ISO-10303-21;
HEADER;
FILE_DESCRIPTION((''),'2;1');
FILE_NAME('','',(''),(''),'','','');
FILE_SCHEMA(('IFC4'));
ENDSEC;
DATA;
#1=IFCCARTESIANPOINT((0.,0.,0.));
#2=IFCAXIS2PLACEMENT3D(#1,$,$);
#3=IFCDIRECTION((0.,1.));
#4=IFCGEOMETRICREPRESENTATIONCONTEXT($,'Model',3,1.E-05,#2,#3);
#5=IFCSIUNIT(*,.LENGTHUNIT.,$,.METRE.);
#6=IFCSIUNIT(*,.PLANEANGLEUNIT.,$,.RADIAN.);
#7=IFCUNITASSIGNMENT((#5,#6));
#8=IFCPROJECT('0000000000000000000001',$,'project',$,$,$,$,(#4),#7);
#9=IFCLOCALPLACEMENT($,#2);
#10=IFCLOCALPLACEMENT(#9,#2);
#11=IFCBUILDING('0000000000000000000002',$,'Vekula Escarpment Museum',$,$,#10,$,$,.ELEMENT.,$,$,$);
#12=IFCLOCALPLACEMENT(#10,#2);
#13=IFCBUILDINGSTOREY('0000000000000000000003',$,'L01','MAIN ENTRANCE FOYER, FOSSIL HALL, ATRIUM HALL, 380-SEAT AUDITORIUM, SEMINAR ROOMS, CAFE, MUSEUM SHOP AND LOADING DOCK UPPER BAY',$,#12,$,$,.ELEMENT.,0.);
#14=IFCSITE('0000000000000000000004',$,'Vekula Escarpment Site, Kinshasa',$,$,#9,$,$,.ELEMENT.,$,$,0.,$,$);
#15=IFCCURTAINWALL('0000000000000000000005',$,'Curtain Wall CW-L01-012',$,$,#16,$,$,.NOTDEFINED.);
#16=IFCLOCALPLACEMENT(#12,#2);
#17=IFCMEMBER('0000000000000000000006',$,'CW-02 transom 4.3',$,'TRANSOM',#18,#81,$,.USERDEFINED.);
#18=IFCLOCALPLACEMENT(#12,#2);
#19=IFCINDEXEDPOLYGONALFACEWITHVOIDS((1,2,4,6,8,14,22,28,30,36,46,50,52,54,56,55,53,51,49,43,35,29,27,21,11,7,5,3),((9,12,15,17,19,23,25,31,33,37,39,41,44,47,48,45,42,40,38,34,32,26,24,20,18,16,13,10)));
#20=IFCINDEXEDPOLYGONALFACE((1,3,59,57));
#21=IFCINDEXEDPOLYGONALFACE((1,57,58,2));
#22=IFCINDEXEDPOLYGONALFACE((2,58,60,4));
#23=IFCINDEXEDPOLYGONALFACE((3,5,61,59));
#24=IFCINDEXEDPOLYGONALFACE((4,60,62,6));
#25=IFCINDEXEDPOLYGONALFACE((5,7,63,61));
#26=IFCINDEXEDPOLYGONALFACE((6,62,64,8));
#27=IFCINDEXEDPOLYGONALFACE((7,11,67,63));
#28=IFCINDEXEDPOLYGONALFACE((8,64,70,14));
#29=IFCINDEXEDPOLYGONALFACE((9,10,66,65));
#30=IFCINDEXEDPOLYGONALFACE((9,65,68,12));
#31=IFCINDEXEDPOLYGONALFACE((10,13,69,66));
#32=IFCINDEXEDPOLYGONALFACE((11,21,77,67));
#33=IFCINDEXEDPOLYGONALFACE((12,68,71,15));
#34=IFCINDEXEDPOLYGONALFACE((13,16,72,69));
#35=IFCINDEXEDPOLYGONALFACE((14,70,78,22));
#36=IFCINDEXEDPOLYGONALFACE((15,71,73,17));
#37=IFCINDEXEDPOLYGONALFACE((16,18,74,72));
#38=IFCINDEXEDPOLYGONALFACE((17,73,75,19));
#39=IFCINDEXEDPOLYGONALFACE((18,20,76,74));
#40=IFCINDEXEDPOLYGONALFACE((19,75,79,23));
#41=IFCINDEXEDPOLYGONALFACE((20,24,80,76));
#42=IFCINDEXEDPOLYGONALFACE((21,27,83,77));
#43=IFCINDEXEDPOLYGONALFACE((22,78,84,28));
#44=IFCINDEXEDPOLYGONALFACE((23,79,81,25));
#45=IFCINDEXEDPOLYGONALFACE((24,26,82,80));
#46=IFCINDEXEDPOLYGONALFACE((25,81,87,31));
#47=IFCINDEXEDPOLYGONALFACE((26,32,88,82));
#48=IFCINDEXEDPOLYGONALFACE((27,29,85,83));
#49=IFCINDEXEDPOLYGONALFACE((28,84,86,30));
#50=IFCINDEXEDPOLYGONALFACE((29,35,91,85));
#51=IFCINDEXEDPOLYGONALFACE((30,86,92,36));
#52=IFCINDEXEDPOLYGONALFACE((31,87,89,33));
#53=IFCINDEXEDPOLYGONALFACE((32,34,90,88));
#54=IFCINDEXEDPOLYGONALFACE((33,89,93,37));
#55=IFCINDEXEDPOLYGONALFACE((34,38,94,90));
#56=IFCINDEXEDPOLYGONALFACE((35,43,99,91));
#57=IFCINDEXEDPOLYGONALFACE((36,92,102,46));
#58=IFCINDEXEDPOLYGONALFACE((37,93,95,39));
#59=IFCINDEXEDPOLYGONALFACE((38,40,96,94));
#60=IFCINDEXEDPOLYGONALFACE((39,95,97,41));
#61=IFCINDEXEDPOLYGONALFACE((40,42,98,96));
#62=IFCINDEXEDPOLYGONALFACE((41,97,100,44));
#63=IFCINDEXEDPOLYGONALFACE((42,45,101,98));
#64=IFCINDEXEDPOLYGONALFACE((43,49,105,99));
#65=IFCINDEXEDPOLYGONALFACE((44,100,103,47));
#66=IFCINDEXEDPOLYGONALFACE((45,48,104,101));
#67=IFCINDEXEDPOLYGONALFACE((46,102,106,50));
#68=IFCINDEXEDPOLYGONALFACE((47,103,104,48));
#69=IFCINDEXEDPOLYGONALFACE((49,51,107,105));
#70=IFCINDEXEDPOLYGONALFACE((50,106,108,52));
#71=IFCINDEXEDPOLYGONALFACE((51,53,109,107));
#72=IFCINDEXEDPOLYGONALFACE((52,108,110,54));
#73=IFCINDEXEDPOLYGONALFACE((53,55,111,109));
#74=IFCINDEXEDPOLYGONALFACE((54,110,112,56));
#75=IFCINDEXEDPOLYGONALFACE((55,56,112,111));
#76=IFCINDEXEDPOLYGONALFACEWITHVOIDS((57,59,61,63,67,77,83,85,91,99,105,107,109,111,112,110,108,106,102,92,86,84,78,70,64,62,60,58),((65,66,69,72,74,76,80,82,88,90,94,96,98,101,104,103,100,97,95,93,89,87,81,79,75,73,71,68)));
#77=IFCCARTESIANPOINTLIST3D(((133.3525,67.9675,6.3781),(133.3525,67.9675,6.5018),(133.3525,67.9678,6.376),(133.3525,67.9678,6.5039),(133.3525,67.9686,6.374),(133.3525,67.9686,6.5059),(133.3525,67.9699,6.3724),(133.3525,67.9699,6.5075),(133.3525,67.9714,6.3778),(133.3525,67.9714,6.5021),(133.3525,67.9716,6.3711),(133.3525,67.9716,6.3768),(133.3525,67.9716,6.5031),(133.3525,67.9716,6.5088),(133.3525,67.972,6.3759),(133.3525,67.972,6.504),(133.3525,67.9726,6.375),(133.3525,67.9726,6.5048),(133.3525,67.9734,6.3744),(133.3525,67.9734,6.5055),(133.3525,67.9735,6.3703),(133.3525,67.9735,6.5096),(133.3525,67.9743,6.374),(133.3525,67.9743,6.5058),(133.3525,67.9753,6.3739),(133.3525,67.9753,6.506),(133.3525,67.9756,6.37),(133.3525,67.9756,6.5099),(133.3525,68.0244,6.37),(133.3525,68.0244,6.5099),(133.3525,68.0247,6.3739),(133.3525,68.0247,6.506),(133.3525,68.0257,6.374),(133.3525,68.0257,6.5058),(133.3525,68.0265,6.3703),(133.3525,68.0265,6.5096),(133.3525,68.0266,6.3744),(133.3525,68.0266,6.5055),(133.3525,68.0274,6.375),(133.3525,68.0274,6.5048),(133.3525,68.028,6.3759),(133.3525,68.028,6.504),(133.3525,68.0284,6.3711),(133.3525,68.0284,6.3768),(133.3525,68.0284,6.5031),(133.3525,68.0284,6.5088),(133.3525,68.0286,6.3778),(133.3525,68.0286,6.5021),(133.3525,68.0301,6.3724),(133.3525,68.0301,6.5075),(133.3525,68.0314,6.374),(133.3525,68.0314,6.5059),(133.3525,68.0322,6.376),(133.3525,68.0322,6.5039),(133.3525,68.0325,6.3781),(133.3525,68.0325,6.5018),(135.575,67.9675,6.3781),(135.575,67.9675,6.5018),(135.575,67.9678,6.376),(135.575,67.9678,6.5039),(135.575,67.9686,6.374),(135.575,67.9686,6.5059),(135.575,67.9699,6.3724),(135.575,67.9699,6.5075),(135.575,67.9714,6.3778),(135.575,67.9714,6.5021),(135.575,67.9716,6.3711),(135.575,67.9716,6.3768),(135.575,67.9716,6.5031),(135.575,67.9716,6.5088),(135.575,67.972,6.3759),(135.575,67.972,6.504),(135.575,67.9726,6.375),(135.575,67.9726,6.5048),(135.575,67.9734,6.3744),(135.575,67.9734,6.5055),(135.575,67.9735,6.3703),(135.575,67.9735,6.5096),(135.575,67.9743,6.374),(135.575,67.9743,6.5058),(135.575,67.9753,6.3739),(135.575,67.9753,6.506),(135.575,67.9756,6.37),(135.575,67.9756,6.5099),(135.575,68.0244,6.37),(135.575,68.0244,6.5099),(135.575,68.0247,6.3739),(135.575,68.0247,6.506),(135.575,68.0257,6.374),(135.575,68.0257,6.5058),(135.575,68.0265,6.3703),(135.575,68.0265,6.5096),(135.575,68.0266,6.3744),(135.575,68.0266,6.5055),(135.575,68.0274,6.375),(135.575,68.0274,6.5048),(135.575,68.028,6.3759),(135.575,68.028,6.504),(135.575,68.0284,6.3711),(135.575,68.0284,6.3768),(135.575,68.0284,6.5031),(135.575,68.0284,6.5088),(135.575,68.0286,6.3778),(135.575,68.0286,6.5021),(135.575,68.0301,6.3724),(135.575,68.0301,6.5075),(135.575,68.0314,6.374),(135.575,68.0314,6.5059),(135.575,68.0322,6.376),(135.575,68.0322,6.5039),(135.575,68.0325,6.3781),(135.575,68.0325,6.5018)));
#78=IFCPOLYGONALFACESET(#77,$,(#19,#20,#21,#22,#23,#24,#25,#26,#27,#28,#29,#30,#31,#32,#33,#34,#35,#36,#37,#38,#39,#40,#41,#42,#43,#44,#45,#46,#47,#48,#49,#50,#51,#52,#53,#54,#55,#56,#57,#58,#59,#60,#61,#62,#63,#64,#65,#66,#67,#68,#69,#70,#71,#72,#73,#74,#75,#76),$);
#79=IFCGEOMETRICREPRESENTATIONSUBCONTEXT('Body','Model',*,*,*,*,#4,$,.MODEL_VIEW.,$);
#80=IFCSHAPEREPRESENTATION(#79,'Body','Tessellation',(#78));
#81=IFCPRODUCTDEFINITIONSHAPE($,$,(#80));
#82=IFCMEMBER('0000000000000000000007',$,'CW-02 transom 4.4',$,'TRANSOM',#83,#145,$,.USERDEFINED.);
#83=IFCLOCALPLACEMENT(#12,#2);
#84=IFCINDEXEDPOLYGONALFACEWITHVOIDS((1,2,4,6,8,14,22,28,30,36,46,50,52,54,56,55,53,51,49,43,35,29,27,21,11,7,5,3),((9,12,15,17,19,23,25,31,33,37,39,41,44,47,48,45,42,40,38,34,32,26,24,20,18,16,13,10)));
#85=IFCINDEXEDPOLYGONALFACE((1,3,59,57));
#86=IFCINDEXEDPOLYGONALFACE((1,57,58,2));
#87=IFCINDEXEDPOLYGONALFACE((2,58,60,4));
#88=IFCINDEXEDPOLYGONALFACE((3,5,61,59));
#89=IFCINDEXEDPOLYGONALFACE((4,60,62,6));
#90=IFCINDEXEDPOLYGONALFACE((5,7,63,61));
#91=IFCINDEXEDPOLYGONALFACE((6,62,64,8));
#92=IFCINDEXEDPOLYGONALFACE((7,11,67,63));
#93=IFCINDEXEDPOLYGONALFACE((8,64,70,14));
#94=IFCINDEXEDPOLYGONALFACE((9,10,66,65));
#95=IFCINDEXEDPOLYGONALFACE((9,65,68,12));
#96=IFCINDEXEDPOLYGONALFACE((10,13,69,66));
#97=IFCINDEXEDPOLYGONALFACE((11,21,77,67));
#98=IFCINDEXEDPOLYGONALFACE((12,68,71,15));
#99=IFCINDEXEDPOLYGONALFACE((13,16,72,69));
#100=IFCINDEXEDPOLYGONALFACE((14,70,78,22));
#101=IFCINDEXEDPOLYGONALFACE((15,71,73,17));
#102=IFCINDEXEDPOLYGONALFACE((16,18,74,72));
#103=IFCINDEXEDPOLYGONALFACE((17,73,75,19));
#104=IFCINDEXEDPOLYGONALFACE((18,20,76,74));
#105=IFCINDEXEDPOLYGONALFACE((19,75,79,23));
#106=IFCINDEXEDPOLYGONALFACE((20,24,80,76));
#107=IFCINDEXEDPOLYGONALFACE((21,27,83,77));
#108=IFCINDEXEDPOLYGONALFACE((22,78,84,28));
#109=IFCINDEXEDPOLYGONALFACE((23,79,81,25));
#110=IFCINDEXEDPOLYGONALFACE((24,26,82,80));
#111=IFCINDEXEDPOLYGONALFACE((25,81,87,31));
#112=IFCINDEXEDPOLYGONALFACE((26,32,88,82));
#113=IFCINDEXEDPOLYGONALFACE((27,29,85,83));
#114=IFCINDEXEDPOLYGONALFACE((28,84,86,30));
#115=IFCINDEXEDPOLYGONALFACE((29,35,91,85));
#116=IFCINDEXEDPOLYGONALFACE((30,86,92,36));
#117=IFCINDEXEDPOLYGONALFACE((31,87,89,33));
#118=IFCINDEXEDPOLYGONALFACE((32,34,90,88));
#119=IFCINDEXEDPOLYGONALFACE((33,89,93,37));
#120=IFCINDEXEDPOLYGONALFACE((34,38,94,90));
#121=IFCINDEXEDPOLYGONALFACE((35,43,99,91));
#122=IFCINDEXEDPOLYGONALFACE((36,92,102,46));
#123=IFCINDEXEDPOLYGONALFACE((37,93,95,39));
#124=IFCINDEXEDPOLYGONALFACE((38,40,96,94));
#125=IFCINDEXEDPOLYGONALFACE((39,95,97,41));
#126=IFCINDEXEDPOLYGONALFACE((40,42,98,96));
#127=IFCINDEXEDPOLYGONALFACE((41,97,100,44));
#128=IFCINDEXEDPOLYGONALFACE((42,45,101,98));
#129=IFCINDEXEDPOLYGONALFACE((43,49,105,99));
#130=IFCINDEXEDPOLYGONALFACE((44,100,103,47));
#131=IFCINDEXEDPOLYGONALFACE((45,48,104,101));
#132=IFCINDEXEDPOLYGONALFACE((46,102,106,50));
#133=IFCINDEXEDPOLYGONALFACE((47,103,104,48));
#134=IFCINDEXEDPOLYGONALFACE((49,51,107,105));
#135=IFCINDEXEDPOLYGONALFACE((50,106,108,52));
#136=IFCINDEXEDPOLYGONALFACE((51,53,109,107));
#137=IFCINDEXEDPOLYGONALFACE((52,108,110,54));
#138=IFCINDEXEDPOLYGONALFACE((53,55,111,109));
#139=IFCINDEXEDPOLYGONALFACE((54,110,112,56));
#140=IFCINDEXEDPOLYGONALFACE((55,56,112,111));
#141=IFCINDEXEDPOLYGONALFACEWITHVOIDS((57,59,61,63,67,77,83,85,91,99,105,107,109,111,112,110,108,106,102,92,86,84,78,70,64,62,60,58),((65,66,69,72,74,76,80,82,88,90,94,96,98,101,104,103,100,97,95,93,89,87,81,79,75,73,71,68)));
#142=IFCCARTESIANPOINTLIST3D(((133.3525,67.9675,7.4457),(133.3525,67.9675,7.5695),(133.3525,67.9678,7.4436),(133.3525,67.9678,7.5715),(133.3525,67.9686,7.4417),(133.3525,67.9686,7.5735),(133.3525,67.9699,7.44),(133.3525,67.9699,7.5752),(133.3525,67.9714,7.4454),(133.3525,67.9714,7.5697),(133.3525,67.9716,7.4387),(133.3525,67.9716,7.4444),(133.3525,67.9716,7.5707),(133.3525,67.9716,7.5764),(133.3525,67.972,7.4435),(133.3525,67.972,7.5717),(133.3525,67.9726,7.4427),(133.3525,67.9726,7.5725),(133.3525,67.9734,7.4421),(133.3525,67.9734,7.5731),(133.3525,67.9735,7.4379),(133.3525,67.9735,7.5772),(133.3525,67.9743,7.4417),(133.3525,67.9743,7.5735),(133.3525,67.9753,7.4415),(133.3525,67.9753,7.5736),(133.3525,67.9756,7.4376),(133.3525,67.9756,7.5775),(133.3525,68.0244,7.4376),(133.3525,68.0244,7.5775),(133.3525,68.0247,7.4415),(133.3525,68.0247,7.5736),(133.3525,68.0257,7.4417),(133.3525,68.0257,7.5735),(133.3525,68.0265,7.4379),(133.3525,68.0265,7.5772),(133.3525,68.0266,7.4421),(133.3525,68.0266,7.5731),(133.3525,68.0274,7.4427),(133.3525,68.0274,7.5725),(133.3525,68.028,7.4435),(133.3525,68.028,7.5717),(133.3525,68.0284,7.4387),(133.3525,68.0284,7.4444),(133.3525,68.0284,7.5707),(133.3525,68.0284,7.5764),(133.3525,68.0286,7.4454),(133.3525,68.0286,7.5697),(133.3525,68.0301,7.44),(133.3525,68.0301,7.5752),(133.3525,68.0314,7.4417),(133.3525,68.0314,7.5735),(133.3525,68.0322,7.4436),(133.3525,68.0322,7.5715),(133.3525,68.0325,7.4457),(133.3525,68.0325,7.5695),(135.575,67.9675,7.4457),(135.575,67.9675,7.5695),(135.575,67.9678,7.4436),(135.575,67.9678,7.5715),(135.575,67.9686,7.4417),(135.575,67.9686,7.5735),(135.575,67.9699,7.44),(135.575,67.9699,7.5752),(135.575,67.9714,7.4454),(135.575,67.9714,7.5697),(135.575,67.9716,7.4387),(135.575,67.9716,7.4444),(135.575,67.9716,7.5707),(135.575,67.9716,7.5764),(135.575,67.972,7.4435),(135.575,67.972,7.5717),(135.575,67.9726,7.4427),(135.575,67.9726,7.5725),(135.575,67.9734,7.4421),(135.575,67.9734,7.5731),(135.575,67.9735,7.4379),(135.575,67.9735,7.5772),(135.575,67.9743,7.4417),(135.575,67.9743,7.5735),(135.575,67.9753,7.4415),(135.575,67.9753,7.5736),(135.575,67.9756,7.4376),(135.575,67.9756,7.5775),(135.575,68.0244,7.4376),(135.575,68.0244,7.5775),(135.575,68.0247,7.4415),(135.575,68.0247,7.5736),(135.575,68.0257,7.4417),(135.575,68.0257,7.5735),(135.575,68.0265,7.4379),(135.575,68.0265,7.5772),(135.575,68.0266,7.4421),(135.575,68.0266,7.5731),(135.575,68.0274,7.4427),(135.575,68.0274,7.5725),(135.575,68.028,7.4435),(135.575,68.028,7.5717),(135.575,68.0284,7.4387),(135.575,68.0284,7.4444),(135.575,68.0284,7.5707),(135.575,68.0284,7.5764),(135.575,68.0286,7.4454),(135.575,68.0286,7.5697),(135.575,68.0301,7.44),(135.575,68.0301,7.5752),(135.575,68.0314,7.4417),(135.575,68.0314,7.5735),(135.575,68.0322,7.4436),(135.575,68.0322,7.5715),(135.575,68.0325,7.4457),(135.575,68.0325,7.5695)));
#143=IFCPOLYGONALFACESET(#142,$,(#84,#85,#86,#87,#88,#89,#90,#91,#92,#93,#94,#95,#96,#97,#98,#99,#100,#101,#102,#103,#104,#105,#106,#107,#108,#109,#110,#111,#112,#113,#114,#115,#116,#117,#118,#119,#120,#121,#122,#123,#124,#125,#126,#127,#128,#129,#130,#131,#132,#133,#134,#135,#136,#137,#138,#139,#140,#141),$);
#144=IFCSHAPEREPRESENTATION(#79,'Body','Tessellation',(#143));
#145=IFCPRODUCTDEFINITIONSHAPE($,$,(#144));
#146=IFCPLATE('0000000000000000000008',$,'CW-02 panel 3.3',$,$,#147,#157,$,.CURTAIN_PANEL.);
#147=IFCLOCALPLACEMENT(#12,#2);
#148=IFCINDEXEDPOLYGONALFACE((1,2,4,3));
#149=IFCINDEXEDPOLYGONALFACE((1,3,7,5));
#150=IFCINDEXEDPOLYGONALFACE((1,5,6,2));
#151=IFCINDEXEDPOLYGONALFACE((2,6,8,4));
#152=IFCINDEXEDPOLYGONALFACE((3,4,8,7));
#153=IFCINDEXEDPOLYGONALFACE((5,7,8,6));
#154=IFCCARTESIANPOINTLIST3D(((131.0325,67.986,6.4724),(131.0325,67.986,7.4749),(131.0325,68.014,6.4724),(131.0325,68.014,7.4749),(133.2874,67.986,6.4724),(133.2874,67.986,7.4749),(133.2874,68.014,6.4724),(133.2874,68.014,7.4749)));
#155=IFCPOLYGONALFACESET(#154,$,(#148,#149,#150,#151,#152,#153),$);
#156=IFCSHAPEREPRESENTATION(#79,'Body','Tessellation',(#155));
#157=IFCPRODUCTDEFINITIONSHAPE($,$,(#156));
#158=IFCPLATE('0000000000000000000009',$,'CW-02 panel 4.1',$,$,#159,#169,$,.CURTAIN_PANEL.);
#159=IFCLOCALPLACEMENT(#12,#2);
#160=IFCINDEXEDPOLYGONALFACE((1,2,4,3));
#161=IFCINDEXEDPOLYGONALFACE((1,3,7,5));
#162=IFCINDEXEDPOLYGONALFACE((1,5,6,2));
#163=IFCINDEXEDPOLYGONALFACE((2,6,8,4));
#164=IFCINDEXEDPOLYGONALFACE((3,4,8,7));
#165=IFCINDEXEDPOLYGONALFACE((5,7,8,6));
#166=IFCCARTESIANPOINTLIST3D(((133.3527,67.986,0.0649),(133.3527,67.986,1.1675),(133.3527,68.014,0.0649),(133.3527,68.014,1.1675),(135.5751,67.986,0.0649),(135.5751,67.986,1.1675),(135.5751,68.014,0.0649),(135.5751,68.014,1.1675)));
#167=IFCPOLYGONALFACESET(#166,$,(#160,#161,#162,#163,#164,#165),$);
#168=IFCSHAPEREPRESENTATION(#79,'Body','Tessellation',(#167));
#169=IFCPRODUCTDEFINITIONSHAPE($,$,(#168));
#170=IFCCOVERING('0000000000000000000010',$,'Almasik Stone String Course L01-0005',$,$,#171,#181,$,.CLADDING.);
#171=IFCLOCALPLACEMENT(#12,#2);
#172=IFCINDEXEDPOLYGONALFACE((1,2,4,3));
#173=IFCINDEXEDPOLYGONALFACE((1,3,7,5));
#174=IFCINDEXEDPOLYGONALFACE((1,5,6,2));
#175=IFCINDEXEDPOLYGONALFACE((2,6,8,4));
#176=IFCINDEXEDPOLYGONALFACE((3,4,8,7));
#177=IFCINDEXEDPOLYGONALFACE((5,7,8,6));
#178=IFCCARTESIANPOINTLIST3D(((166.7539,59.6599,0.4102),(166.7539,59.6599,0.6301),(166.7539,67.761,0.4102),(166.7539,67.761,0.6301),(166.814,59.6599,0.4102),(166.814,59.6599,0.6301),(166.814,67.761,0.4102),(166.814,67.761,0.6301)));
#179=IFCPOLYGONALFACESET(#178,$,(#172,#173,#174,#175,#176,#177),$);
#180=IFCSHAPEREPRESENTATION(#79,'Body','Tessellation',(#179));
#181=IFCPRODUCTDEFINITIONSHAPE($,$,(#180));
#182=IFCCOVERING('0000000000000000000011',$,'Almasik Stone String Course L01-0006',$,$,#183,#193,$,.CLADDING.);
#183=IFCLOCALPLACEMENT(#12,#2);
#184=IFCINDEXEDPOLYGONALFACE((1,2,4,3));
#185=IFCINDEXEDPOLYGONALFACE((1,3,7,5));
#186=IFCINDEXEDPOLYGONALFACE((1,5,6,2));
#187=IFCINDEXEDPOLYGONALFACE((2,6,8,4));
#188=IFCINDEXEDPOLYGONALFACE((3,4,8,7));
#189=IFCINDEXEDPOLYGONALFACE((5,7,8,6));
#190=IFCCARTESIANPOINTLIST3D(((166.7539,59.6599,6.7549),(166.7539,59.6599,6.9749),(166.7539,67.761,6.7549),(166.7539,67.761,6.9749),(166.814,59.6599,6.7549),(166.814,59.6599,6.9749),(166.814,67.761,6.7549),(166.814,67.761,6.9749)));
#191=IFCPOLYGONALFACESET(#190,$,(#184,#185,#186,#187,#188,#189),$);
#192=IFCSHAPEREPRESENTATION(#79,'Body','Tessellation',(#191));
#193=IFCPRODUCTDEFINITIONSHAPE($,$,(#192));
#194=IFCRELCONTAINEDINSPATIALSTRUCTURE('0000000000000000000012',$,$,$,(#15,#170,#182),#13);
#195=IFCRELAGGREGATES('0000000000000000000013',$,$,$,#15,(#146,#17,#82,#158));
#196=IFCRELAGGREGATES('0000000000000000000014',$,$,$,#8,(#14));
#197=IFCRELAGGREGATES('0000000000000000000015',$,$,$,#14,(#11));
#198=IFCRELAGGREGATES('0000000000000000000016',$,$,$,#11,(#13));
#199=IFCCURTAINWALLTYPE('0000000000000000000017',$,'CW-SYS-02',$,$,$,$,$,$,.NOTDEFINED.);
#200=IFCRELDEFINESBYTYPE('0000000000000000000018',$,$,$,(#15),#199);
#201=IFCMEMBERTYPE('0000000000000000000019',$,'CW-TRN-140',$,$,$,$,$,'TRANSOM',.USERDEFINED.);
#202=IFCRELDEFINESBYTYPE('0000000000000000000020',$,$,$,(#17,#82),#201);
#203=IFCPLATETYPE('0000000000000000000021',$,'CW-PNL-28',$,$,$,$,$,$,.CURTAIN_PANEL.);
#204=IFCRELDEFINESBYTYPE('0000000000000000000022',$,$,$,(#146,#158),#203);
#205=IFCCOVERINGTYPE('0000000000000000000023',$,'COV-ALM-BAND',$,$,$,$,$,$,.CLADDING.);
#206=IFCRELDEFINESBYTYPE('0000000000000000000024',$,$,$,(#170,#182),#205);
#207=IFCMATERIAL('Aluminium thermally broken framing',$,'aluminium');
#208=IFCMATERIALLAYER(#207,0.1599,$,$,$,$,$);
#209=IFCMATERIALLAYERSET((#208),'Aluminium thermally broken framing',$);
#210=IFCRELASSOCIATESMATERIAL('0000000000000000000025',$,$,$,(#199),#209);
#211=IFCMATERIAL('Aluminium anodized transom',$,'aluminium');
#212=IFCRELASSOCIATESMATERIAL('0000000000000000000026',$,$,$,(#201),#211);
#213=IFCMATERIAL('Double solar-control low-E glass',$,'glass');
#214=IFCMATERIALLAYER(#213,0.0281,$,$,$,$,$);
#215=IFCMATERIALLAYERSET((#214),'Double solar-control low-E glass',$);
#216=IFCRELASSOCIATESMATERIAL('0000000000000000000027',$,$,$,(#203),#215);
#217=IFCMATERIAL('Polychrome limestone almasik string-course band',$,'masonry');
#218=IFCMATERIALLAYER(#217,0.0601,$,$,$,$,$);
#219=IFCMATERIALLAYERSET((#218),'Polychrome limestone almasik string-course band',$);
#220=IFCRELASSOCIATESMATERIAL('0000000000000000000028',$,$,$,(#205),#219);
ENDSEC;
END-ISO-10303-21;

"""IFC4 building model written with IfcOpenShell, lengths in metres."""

from ifc_helpers import new_model, si_unit, direction, frame, origin, origin_2d, place, context, subcontext, project, spatial, rectangle, hollow_rectangle, extrude, material, layer, layer_set, material_profile, profile_set, type_object, element, aggregate, save


model = new_model("IFC4")

# Units and contexts
model_context = context("Model", 3, precision=1e-05, world=origin(), true_north=direction((0.0, 1.0)))
body_context = subcontext(model_context, "Body", "Model", "MODEL_VIEW")
ifc_project = project(units=[si_unit("LENGTHUNIT", "METRE"), si_unit("PLANEANGLEUNIT", "RADIAN")], contexts=[model_context])

# Site, building, storey
site_placement = place(None, origin())
site = spatial("IfcSite", under=ifc_project, at=site_placement, Name="Vekula Escarpment Site, Kinshasa", CompositionType="ELEMENT", RefElevation=0.0)
building_placement = place(site_placement, origin())
building = spatial("IfcBuilding", under=site, at=building_placement, Name="Vekula Escarpment Museum", CompositionType="ELEMENT")
storey_placement = place(building_placement, origin())
storey = spatial("IfcBuildingStorey", under=building, at=storey_placement, Name="L01", Description="MAIN ENTRANCE FOYER, FOSSIL HALL, ATRIUM HALL, 380-SEAT AUDITORIUM, SEMINAR ROOMS, CAFE, MUSEUM SHOP AND LOADING DOCK UPPER BAY", CompositionType="ELEMENT", Elevation=0.0)

# Curtain wall, members, plates
ifc_material_1 = material(Name="Aluminium thermally broken framing", Category="aluminium")
ifc_layer_1 = layer(ifc_material_1, 0.1599)
ifc_layer_set_1 = layer_set([ifc_layer_1], Name="Aluminium thermally broken framing")
curtain_wall_type = type_object("IfcCurtainWallType", Name="CW-SYS-02", PredefinedType="NOTDEFINED", material=ifc_layer_set_1)
curtain_wall_placement = place(storey_placement, origin())
curtain_wall = element("IfcCurtainWall", 1, at=curtain_wall_placement, inside=storey, type_object=curtain_wall_type, Name="Curtain Wall CW-L01-012", PredefinedType="NOTDEFINED")
ifc_material_2 = material(Name="Aluminium anodized transom", Category="aluminium")
ifc_material_profile_1 = material_profile(ifc_material_2, hollow_rectangle(XDim=0.0649, YDim=0.1399, WallThickness=0.0039, InnerFilletRadius=0.0039, OuterFilletRadius=0.0081, at=origin_2d()), Name="ALU 140x65x4")
ifc_profile_set_1 = profile_set([ifc_material_profile_1], Name="Aluminium anodized transom")
member_type_1 = type_object("IfcMemberType", Name="CW-TRN-140", ElementType="TRANSOM", PredefinedType="USERDEFINED", material=ifc_profile_set_1)
member_1_placement = place(storey_placement, frame((133.3525, 68.0, 6.4399), z_axis=(1.0, 0.0, 0.0), x_axis=(0.0, 1.0, 0.0)))
member_1 = element("IfcMember", 2, at=member_1_placement, type_object=member_type_1, Name="CW-02 transom 4.3", ObjectType="TRANSOM", PredefinedType="USERDEFINED", context=body_context, shape_type="SweptSolid", body=[
    extrude(hollow_rectangle(XDim=0.0649, YDim=0.1399, WallThickness=0.0039, InnerFilletRadius=0.0039, OuterFilletRadius=0.0081, at=origin_2d()), origin(), (0.0, 0.0, 1.0), 2.2224),
])
member_2_placement = place(storey_placement, frame((133.3525, 68.0, 7.5076), z_axis=(1.0, 0.0, 0.0), x_axis=(0.0, 1.0, 0.0)))
member_2 = element("IfcMember", 3, at=member_2_placement, type_object=member_type_1, Name="CW-02 transom 4.4", ObjectType="TRANSOM", PredefinedType="USERDEFINED", context=body_context, shape_type="SweptSolid", body=[
    extrude(hollow_rectangle(XDim=0.0649, YDim=0.1399, WallThickness=0.0039, InnerFilletRadius=0.0039, OuterFilletRadius=0.0081, at=origin_2d()), origin(), (0.0, 0.0, 1.0), 2.2224),
])
ifc_material_3 = material(Name="Double solar-control low-E glass", Category="glass")
ifc_layer_2 = layer(ifc_material_3, 0.0281)
ifc_layer_set_2 = layer_set([ifc_layer_2], Name="Double solar-control low-E glass")
plate_type = type_object("IfcPlateType", Name="CW-PNL-28", PredefinedType="CURTAIN_PANEL", material=ifc_layer_set_2)
plate_1_placement = place(storey_placement, frame((132.1599, 68.0, 6.4724), z_axis=(0.0, 0.0, 1.0), x_axis=(1.0, 0.0, 0.0)))
plate_1 = element("IfcPlate", 4, at=plate_1_placement, type_object=plate_type, Name="CW-02 panel 3.3", PredefinedType="CURTAIN_PANEL", context=body_context, shape_type="SweptSolid", body=[
    extrude(rectangle(XDim=2.2549, YDim=0.0281, at=origin_2d()), origin(), (0.0, 0.0, 1.0), 1.0024),
])
plate_2_placement = place(storey_placement, frame((134.4639, 68.0, 0.0649), z_axis=(0.0, 0.0, 1.0), x_axis=(1.0, 0.0, 0.0)))
plate_2 = element("IfcPlate", 5, at=plate_2_placement, type_object=plate_type, Name="CW-02 panel 4.1", PredefinedType="CURTAIN_PANEL", context=body_context, shape_type="SweptSolid", body=[
    extrude(rectangle(XDim=2.2224, YDim=0.0281, at=origin_2d()), origin(), (0.0, 0.0, 1.0), 1.1025),
])
aggregate(curtain_wall, [plate_1, member_1, member_2, plate_2])

# Coverings
ifc_material_4 = material(Name="Polychrome limestone almasik string-course band", Category="masonry")
ifc_layer_3 = layer(ifc_material_4, 0.0601)
ifc_layer_set_3 = layer_set([ifc_layer_3], Name="Polychrome limestone almasik string-course band")
covering_type = type_object("IfcCoveringType", Name="COV-ALM-BAND", PredefinedType="CLADDING", material=ifc_layer_set_3)
for number, where, z_axis, x_axis, name in (
    (6, (166.7839, 63.7104, 0.4102), (0.0, 0.0, 1.0), (0.0, 1.0, 0.0), "Almasik Stone String Course L01-0005"),
    (7, (166.7839, 63.7104, 6.7549), (0.0, 0.0, 1.0), (0.0, 1.0, 0.0), "Almasik Stone String Course L01-0006"),
):
    element("IfcCovering", number, at=place(storey_placement, frame(where, z_axis=z_axis, x_axis=x_axis)), inside=storey, type_object=covering_type, Name=name, PredefinedType="CLADDING", context=body_context, shape_type="SweptSolid", body=[
        extrude(rectangle(XDim=8.1011, YDim=0.0601, at=origin_2d()), origin(), (0.0, 0.0, 1.0), 0.22),
    ])

save(model, "model.ifc")
